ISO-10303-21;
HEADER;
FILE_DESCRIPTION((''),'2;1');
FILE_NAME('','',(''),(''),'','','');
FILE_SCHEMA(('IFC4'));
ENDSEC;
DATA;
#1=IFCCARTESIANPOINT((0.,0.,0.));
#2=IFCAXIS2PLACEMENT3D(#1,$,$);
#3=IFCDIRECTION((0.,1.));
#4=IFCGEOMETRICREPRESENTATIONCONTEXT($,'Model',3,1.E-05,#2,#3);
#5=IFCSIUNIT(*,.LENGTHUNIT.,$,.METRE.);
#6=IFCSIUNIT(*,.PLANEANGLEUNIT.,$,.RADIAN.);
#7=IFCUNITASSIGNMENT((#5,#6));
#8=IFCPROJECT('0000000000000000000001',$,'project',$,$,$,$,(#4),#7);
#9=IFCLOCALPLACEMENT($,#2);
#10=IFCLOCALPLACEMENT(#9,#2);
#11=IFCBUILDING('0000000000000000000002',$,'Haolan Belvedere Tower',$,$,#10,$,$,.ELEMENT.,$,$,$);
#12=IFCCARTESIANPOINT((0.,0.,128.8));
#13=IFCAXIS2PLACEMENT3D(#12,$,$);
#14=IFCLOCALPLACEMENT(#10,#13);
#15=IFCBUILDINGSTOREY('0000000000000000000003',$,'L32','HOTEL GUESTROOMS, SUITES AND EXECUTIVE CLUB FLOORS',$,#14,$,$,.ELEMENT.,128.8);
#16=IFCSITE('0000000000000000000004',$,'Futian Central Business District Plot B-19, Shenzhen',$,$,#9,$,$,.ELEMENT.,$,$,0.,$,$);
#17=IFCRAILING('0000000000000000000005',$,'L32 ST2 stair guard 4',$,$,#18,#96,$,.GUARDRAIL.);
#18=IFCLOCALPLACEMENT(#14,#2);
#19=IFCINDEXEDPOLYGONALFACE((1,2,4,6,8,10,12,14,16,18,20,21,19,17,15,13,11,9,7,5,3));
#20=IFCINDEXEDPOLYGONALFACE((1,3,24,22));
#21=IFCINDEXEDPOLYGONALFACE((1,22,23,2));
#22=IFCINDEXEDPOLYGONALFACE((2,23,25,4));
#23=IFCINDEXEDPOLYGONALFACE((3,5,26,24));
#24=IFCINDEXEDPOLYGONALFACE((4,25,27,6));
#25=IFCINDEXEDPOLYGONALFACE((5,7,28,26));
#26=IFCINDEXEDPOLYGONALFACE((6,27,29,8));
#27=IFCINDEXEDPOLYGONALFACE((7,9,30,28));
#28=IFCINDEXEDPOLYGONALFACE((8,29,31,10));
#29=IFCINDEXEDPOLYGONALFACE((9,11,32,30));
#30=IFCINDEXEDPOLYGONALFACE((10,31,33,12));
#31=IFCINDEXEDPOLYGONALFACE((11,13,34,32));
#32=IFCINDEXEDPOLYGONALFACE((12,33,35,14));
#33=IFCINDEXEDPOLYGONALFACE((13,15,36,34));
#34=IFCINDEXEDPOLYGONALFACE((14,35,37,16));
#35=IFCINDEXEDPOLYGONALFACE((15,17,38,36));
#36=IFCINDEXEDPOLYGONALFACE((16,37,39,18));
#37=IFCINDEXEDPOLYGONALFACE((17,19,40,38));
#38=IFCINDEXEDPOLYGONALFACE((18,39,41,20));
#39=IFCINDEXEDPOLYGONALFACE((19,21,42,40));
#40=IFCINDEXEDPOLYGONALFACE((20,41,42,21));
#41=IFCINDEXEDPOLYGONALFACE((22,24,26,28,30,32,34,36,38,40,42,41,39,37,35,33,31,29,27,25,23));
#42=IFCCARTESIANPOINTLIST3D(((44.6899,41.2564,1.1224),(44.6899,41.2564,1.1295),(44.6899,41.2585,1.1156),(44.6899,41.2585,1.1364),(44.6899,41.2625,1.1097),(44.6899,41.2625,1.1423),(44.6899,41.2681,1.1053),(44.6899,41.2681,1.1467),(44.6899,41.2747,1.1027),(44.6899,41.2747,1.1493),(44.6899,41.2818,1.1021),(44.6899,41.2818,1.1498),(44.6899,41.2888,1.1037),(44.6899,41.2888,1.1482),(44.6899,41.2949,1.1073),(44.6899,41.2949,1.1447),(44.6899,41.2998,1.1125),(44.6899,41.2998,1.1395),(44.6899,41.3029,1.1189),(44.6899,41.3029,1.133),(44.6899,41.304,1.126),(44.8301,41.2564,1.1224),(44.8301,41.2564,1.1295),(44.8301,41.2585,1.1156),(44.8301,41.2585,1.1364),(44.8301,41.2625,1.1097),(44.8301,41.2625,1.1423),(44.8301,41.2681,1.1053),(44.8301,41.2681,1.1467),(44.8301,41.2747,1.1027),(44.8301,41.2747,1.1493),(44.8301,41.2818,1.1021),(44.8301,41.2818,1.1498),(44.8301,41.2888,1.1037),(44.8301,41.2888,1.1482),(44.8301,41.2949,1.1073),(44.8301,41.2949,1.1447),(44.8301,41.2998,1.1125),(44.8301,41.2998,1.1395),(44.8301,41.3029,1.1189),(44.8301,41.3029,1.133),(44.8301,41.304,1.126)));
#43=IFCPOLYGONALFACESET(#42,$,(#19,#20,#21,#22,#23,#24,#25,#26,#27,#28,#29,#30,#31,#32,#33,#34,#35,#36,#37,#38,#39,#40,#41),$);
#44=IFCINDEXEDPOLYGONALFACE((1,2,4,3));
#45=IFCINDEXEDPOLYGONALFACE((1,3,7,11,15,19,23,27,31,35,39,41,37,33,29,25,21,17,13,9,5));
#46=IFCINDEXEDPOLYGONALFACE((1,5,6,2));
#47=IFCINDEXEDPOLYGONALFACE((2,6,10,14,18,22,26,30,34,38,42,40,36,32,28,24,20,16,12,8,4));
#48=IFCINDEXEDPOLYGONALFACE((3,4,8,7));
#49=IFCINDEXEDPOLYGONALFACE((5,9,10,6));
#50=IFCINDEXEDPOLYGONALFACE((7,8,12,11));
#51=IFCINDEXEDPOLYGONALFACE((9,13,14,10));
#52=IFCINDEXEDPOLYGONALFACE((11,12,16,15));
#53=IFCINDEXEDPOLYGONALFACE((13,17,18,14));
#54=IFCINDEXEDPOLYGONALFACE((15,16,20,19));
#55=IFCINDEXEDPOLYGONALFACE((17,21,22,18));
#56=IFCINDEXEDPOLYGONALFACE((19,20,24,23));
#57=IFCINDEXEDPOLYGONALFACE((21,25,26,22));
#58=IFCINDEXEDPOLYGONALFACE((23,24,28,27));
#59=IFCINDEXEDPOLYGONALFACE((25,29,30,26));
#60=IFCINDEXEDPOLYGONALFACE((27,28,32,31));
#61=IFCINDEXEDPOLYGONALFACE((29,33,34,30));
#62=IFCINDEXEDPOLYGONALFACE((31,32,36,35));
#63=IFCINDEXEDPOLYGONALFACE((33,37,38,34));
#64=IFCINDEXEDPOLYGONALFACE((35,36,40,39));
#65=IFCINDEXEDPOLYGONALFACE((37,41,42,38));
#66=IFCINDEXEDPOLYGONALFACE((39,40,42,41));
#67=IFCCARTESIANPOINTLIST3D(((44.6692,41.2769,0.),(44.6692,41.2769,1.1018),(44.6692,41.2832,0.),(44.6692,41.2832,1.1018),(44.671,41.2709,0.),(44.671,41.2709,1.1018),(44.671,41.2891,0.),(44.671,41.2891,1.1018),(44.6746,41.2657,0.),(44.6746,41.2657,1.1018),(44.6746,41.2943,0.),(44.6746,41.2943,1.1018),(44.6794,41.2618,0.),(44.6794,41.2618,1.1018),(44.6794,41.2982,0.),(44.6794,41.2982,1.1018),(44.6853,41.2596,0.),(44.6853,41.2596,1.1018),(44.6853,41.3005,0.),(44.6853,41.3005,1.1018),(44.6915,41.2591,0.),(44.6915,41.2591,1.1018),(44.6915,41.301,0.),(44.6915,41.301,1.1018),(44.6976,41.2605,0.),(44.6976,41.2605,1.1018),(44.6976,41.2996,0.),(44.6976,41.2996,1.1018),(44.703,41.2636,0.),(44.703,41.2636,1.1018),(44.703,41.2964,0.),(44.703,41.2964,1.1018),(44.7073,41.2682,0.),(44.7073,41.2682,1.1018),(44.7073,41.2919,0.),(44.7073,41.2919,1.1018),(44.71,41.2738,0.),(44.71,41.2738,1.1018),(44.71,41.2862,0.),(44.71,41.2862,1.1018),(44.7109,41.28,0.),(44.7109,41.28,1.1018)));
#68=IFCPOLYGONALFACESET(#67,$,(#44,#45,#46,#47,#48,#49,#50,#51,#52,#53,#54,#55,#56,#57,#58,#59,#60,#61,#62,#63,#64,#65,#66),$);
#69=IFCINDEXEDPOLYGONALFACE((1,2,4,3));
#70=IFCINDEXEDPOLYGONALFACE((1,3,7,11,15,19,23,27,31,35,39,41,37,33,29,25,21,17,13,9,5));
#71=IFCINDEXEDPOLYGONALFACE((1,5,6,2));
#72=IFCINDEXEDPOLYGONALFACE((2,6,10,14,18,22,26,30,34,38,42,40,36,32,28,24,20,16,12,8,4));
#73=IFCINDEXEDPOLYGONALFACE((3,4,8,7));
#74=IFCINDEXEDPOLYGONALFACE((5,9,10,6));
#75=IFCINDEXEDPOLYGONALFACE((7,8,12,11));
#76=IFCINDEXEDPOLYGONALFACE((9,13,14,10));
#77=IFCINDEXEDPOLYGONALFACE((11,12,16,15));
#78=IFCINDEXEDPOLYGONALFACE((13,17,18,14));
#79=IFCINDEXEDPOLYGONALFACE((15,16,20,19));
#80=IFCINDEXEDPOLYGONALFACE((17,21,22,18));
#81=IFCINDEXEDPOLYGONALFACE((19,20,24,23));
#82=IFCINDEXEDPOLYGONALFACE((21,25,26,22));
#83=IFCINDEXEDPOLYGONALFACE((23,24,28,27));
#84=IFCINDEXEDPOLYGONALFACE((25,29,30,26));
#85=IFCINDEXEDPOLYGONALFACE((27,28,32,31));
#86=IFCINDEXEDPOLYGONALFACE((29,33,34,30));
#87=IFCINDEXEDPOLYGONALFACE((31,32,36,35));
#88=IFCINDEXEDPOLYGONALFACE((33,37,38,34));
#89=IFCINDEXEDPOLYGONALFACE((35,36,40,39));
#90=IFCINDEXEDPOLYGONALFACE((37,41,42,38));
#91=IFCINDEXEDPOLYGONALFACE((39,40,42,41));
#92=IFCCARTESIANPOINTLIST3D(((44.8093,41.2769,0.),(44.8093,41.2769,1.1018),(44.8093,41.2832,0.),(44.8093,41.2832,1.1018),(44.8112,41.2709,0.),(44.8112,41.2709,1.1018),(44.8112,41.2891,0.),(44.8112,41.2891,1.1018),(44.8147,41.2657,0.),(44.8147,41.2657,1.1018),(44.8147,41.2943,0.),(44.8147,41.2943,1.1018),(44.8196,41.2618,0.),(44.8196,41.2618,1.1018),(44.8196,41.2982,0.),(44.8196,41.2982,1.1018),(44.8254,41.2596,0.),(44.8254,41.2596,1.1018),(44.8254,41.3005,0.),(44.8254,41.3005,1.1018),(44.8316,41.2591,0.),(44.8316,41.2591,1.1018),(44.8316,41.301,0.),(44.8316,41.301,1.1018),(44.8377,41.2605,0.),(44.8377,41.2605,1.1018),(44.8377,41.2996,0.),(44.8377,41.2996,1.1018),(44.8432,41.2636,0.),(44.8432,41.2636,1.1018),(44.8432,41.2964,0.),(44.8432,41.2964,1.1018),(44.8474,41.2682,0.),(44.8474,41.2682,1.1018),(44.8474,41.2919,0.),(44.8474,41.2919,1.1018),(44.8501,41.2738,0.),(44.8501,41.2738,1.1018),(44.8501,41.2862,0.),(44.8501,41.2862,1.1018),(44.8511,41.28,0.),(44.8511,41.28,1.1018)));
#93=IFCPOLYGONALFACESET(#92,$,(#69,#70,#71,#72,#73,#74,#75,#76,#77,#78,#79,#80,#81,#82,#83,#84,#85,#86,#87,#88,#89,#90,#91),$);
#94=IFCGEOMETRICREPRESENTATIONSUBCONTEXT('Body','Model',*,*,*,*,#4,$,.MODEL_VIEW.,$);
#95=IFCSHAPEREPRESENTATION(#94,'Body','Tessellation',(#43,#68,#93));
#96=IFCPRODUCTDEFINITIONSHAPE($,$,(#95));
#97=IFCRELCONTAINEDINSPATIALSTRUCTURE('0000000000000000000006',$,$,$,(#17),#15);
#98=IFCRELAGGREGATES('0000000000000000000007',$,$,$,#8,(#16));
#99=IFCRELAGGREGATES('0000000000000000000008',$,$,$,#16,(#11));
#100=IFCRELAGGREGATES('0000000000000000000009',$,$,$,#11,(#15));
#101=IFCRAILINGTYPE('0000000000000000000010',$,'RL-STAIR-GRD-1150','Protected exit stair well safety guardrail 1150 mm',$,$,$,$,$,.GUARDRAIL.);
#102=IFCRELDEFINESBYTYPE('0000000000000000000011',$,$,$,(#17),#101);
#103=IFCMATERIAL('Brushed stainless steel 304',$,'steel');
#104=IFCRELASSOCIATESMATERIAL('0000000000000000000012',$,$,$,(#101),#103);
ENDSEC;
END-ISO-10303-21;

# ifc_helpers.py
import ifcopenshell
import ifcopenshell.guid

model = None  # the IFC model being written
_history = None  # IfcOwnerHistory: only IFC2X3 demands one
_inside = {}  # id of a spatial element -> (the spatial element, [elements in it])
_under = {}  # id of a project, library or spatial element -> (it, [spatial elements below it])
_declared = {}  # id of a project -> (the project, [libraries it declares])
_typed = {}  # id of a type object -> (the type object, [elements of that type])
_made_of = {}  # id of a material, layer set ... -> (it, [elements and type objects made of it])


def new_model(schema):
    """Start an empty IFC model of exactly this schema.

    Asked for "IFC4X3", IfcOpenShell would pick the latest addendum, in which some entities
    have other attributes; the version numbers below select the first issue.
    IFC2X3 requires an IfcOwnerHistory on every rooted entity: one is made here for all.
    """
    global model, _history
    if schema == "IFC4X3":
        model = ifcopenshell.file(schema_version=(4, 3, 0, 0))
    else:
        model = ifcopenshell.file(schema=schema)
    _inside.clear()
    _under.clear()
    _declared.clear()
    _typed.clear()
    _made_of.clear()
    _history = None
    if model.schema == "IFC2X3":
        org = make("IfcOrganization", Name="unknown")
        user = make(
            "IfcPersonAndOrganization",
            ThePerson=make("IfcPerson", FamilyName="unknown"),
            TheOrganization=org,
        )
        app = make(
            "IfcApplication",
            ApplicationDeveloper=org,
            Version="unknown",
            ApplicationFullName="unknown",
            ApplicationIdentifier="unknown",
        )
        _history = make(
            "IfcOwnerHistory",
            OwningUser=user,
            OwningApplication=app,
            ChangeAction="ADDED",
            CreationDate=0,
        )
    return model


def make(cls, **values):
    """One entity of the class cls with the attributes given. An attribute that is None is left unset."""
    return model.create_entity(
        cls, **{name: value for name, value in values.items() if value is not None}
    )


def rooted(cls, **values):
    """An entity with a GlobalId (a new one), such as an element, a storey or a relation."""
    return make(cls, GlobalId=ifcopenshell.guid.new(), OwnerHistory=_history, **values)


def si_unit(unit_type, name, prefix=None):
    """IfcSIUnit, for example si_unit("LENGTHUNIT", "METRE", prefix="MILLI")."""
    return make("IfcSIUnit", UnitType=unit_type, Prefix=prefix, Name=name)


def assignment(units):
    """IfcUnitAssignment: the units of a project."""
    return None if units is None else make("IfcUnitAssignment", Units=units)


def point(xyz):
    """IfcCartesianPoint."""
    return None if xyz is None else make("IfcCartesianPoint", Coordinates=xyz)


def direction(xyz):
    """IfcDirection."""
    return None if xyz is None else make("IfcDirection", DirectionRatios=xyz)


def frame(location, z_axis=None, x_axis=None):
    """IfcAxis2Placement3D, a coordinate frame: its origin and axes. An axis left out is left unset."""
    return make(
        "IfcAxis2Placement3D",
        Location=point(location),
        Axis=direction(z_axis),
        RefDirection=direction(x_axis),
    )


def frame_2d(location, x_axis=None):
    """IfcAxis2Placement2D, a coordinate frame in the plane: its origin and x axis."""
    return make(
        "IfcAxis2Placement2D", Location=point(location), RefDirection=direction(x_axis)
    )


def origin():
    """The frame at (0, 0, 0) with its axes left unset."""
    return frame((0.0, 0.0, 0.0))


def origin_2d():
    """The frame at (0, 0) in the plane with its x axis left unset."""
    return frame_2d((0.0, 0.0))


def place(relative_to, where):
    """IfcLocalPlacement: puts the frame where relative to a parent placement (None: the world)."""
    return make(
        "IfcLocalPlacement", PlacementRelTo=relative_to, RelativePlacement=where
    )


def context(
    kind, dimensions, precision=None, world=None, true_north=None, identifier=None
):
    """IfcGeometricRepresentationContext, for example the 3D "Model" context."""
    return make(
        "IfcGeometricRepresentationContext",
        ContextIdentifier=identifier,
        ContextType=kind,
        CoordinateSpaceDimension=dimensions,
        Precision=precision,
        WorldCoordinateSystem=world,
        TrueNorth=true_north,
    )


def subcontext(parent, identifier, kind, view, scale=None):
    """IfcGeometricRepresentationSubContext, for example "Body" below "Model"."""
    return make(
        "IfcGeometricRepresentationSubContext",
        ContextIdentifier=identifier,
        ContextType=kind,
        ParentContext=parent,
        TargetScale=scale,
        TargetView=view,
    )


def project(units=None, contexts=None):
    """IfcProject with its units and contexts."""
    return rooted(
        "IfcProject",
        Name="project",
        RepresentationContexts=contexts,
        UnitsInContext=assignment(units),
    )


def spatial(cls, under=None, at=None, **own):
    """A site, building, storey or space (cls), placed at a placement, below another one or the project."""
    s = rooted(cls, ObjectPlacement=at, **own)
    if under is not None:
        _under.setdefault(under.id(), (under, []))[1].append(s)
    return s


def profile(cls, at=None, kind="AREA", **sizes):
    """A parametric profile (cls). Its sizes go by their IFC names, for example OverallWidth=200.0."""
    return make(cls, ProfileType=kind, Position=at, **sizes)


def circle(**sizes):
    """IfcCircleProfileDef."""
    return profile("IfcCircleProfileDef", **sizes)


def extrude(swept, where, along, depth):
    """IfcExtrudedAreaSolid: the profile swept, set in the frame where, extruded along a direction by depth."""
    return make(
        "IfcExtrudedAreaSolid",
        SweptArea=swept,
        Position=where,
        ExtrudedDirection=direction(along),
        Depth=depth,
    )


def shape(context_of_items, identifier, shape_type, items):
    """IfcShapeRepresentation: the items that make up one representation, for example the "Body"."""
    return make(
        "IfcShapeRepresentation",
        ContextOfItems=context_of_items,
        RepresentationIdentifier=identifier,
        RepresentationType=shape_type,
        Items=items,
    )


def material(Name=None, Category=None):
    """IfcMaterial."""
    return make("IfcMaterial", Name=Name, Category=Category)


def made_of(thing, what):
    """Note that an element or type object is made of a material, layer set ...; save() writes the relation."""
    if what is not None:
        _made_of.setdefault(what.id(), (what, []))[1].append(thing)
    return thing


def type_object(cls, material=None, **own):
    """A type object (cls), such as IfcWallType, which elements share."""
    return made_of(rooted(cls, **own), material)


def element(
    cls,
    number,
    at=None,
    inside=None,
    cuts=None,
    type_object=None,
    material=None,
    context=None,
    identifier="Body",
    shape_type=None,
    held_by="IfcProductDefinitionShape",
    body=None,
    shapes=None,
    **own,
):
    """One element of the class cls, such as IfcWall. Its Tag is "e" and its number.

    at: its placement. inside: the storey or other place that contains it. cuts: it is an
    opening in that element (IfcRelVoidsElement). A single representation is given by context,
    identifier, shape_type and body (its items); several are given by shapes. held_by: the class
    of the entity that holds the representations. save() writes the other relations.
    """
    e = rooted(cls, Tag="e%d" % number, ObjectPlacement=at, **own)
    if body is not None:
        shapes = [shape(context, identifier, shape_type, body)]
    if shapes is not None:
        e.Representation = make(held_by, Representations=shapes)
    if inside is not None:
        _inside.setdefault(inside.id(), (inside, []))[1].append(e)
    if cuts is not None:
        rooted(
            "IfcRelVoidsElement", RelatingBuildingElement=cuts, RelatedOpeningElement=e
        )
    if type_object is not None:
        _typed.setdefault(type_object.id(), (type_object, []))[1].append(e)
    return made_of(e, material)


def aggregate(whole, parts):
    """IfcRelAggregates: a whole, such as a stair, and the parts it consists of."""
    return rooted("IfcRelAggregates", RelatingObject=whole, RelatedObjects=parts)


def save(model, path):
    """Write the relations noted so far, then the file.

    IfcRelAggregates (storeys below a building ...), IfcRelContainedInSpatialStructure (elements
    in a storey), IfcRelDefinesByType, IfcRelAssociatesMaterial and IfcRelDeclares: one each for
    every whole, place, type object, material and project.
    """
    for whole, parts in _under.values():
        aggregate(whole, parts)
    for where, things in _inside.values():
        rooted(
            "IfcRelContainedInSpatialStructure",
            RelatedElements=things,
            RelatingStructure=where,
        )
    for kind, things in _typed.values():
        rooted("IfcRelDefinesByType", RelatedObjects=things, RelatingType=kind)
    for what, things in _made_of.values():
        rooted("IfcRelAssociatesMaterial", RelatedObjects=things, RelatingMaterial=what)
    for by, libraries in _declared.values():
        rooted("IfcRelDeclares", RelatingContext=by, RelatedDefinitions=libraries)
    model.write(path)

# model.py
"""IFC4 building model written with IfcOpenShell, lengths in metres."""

from ifc_helpers import new_model, si_unit, direction, frame, origin, origin_2d, place, context, subcontext, project, spatial, circle, extrude, material, type_object, element, save


model = new_model("IFC4")

# Units and contexts
model_context = context("Model", 3, precision=1e-05, world=origin(), true_north=direction((0.0, 1.0)))
body_context = subcontext(model_context, "Body", "Model", "MODEL_VIEW")
ifc_project = project(units=[si_unit("LENGTHUNIT", "METRE"), si_unit("PLANEANGLEUNIT", "RADIAN")], contexts=[model_context])

# Site, building, storey
site_placement = place(None, origin())
site = spatial("IfcSite", under=ifc_project, at=site_placement, Name="Futian Central Business District Plot B-19, Shenzhen", CompositionType="ELEMENT", RefElevation=0.0)
building_placement = place(site_placement, origin())
building = spatial("IfcBuilding", under=site, at=building_placement, Name="Haolan Belvedere Tower", CompositionType="ELEMENT")
storey_placement = place(building_placement, frame((0.0, 0.0, 128.8)))
storey = spatial("IfcBuildingStorey", under=building, at=storey_placement, Name="L32", Description="HOTEL GUESTROOMS, SUITES AND EXECUTIVE CLUB FLOORS", CompositionType="ELEMENT", Elevation=128.8)

# Railing
ifc_material_1 = material(Name="Brushed stainless steel 304", Category="steel")
railing_type_1 = type_object("IfcRailingType", Name="RL-STAIR-GRD-1150", Description="Protected exit stair well safety guardrail 1150 mm", PredefinedType="GUARDRAIL", material=ifc_material_1)
railing_1_placement = place(storey_placement, frame((44.6899, 41.28, 0.0)))
element("IfcRailing", 1, at=railing_1_placement, inside=storey, type_object=railing_type_1, Name="L32 ST2 stair guard 4", PredefinedType="GUARDRAIL", context=body_context, shape_type="SweptSolid", body=[
    extrude(circle(Radius=0.0239, at=origin_2d()), frame((0.0, 0.0, 1.126), z_axis=(1.0, 0.0, 0.0), x_axis=(0.0, 1.0, 0.0)), (0.0, 0.0, 1.0), 0.1401),
    extrude(circle(Radius=0.021, at=origin_2d()), origin(), (0.0, 0.0, 1.0), 1.1018),
    extrude(circle(Radius=0.021, at=origin_2d()), frame((0.1401, 0.0, 0.0)), (0.0, 0.0, 1.0), 1.1018),
])

save(model, "model.ifc")
